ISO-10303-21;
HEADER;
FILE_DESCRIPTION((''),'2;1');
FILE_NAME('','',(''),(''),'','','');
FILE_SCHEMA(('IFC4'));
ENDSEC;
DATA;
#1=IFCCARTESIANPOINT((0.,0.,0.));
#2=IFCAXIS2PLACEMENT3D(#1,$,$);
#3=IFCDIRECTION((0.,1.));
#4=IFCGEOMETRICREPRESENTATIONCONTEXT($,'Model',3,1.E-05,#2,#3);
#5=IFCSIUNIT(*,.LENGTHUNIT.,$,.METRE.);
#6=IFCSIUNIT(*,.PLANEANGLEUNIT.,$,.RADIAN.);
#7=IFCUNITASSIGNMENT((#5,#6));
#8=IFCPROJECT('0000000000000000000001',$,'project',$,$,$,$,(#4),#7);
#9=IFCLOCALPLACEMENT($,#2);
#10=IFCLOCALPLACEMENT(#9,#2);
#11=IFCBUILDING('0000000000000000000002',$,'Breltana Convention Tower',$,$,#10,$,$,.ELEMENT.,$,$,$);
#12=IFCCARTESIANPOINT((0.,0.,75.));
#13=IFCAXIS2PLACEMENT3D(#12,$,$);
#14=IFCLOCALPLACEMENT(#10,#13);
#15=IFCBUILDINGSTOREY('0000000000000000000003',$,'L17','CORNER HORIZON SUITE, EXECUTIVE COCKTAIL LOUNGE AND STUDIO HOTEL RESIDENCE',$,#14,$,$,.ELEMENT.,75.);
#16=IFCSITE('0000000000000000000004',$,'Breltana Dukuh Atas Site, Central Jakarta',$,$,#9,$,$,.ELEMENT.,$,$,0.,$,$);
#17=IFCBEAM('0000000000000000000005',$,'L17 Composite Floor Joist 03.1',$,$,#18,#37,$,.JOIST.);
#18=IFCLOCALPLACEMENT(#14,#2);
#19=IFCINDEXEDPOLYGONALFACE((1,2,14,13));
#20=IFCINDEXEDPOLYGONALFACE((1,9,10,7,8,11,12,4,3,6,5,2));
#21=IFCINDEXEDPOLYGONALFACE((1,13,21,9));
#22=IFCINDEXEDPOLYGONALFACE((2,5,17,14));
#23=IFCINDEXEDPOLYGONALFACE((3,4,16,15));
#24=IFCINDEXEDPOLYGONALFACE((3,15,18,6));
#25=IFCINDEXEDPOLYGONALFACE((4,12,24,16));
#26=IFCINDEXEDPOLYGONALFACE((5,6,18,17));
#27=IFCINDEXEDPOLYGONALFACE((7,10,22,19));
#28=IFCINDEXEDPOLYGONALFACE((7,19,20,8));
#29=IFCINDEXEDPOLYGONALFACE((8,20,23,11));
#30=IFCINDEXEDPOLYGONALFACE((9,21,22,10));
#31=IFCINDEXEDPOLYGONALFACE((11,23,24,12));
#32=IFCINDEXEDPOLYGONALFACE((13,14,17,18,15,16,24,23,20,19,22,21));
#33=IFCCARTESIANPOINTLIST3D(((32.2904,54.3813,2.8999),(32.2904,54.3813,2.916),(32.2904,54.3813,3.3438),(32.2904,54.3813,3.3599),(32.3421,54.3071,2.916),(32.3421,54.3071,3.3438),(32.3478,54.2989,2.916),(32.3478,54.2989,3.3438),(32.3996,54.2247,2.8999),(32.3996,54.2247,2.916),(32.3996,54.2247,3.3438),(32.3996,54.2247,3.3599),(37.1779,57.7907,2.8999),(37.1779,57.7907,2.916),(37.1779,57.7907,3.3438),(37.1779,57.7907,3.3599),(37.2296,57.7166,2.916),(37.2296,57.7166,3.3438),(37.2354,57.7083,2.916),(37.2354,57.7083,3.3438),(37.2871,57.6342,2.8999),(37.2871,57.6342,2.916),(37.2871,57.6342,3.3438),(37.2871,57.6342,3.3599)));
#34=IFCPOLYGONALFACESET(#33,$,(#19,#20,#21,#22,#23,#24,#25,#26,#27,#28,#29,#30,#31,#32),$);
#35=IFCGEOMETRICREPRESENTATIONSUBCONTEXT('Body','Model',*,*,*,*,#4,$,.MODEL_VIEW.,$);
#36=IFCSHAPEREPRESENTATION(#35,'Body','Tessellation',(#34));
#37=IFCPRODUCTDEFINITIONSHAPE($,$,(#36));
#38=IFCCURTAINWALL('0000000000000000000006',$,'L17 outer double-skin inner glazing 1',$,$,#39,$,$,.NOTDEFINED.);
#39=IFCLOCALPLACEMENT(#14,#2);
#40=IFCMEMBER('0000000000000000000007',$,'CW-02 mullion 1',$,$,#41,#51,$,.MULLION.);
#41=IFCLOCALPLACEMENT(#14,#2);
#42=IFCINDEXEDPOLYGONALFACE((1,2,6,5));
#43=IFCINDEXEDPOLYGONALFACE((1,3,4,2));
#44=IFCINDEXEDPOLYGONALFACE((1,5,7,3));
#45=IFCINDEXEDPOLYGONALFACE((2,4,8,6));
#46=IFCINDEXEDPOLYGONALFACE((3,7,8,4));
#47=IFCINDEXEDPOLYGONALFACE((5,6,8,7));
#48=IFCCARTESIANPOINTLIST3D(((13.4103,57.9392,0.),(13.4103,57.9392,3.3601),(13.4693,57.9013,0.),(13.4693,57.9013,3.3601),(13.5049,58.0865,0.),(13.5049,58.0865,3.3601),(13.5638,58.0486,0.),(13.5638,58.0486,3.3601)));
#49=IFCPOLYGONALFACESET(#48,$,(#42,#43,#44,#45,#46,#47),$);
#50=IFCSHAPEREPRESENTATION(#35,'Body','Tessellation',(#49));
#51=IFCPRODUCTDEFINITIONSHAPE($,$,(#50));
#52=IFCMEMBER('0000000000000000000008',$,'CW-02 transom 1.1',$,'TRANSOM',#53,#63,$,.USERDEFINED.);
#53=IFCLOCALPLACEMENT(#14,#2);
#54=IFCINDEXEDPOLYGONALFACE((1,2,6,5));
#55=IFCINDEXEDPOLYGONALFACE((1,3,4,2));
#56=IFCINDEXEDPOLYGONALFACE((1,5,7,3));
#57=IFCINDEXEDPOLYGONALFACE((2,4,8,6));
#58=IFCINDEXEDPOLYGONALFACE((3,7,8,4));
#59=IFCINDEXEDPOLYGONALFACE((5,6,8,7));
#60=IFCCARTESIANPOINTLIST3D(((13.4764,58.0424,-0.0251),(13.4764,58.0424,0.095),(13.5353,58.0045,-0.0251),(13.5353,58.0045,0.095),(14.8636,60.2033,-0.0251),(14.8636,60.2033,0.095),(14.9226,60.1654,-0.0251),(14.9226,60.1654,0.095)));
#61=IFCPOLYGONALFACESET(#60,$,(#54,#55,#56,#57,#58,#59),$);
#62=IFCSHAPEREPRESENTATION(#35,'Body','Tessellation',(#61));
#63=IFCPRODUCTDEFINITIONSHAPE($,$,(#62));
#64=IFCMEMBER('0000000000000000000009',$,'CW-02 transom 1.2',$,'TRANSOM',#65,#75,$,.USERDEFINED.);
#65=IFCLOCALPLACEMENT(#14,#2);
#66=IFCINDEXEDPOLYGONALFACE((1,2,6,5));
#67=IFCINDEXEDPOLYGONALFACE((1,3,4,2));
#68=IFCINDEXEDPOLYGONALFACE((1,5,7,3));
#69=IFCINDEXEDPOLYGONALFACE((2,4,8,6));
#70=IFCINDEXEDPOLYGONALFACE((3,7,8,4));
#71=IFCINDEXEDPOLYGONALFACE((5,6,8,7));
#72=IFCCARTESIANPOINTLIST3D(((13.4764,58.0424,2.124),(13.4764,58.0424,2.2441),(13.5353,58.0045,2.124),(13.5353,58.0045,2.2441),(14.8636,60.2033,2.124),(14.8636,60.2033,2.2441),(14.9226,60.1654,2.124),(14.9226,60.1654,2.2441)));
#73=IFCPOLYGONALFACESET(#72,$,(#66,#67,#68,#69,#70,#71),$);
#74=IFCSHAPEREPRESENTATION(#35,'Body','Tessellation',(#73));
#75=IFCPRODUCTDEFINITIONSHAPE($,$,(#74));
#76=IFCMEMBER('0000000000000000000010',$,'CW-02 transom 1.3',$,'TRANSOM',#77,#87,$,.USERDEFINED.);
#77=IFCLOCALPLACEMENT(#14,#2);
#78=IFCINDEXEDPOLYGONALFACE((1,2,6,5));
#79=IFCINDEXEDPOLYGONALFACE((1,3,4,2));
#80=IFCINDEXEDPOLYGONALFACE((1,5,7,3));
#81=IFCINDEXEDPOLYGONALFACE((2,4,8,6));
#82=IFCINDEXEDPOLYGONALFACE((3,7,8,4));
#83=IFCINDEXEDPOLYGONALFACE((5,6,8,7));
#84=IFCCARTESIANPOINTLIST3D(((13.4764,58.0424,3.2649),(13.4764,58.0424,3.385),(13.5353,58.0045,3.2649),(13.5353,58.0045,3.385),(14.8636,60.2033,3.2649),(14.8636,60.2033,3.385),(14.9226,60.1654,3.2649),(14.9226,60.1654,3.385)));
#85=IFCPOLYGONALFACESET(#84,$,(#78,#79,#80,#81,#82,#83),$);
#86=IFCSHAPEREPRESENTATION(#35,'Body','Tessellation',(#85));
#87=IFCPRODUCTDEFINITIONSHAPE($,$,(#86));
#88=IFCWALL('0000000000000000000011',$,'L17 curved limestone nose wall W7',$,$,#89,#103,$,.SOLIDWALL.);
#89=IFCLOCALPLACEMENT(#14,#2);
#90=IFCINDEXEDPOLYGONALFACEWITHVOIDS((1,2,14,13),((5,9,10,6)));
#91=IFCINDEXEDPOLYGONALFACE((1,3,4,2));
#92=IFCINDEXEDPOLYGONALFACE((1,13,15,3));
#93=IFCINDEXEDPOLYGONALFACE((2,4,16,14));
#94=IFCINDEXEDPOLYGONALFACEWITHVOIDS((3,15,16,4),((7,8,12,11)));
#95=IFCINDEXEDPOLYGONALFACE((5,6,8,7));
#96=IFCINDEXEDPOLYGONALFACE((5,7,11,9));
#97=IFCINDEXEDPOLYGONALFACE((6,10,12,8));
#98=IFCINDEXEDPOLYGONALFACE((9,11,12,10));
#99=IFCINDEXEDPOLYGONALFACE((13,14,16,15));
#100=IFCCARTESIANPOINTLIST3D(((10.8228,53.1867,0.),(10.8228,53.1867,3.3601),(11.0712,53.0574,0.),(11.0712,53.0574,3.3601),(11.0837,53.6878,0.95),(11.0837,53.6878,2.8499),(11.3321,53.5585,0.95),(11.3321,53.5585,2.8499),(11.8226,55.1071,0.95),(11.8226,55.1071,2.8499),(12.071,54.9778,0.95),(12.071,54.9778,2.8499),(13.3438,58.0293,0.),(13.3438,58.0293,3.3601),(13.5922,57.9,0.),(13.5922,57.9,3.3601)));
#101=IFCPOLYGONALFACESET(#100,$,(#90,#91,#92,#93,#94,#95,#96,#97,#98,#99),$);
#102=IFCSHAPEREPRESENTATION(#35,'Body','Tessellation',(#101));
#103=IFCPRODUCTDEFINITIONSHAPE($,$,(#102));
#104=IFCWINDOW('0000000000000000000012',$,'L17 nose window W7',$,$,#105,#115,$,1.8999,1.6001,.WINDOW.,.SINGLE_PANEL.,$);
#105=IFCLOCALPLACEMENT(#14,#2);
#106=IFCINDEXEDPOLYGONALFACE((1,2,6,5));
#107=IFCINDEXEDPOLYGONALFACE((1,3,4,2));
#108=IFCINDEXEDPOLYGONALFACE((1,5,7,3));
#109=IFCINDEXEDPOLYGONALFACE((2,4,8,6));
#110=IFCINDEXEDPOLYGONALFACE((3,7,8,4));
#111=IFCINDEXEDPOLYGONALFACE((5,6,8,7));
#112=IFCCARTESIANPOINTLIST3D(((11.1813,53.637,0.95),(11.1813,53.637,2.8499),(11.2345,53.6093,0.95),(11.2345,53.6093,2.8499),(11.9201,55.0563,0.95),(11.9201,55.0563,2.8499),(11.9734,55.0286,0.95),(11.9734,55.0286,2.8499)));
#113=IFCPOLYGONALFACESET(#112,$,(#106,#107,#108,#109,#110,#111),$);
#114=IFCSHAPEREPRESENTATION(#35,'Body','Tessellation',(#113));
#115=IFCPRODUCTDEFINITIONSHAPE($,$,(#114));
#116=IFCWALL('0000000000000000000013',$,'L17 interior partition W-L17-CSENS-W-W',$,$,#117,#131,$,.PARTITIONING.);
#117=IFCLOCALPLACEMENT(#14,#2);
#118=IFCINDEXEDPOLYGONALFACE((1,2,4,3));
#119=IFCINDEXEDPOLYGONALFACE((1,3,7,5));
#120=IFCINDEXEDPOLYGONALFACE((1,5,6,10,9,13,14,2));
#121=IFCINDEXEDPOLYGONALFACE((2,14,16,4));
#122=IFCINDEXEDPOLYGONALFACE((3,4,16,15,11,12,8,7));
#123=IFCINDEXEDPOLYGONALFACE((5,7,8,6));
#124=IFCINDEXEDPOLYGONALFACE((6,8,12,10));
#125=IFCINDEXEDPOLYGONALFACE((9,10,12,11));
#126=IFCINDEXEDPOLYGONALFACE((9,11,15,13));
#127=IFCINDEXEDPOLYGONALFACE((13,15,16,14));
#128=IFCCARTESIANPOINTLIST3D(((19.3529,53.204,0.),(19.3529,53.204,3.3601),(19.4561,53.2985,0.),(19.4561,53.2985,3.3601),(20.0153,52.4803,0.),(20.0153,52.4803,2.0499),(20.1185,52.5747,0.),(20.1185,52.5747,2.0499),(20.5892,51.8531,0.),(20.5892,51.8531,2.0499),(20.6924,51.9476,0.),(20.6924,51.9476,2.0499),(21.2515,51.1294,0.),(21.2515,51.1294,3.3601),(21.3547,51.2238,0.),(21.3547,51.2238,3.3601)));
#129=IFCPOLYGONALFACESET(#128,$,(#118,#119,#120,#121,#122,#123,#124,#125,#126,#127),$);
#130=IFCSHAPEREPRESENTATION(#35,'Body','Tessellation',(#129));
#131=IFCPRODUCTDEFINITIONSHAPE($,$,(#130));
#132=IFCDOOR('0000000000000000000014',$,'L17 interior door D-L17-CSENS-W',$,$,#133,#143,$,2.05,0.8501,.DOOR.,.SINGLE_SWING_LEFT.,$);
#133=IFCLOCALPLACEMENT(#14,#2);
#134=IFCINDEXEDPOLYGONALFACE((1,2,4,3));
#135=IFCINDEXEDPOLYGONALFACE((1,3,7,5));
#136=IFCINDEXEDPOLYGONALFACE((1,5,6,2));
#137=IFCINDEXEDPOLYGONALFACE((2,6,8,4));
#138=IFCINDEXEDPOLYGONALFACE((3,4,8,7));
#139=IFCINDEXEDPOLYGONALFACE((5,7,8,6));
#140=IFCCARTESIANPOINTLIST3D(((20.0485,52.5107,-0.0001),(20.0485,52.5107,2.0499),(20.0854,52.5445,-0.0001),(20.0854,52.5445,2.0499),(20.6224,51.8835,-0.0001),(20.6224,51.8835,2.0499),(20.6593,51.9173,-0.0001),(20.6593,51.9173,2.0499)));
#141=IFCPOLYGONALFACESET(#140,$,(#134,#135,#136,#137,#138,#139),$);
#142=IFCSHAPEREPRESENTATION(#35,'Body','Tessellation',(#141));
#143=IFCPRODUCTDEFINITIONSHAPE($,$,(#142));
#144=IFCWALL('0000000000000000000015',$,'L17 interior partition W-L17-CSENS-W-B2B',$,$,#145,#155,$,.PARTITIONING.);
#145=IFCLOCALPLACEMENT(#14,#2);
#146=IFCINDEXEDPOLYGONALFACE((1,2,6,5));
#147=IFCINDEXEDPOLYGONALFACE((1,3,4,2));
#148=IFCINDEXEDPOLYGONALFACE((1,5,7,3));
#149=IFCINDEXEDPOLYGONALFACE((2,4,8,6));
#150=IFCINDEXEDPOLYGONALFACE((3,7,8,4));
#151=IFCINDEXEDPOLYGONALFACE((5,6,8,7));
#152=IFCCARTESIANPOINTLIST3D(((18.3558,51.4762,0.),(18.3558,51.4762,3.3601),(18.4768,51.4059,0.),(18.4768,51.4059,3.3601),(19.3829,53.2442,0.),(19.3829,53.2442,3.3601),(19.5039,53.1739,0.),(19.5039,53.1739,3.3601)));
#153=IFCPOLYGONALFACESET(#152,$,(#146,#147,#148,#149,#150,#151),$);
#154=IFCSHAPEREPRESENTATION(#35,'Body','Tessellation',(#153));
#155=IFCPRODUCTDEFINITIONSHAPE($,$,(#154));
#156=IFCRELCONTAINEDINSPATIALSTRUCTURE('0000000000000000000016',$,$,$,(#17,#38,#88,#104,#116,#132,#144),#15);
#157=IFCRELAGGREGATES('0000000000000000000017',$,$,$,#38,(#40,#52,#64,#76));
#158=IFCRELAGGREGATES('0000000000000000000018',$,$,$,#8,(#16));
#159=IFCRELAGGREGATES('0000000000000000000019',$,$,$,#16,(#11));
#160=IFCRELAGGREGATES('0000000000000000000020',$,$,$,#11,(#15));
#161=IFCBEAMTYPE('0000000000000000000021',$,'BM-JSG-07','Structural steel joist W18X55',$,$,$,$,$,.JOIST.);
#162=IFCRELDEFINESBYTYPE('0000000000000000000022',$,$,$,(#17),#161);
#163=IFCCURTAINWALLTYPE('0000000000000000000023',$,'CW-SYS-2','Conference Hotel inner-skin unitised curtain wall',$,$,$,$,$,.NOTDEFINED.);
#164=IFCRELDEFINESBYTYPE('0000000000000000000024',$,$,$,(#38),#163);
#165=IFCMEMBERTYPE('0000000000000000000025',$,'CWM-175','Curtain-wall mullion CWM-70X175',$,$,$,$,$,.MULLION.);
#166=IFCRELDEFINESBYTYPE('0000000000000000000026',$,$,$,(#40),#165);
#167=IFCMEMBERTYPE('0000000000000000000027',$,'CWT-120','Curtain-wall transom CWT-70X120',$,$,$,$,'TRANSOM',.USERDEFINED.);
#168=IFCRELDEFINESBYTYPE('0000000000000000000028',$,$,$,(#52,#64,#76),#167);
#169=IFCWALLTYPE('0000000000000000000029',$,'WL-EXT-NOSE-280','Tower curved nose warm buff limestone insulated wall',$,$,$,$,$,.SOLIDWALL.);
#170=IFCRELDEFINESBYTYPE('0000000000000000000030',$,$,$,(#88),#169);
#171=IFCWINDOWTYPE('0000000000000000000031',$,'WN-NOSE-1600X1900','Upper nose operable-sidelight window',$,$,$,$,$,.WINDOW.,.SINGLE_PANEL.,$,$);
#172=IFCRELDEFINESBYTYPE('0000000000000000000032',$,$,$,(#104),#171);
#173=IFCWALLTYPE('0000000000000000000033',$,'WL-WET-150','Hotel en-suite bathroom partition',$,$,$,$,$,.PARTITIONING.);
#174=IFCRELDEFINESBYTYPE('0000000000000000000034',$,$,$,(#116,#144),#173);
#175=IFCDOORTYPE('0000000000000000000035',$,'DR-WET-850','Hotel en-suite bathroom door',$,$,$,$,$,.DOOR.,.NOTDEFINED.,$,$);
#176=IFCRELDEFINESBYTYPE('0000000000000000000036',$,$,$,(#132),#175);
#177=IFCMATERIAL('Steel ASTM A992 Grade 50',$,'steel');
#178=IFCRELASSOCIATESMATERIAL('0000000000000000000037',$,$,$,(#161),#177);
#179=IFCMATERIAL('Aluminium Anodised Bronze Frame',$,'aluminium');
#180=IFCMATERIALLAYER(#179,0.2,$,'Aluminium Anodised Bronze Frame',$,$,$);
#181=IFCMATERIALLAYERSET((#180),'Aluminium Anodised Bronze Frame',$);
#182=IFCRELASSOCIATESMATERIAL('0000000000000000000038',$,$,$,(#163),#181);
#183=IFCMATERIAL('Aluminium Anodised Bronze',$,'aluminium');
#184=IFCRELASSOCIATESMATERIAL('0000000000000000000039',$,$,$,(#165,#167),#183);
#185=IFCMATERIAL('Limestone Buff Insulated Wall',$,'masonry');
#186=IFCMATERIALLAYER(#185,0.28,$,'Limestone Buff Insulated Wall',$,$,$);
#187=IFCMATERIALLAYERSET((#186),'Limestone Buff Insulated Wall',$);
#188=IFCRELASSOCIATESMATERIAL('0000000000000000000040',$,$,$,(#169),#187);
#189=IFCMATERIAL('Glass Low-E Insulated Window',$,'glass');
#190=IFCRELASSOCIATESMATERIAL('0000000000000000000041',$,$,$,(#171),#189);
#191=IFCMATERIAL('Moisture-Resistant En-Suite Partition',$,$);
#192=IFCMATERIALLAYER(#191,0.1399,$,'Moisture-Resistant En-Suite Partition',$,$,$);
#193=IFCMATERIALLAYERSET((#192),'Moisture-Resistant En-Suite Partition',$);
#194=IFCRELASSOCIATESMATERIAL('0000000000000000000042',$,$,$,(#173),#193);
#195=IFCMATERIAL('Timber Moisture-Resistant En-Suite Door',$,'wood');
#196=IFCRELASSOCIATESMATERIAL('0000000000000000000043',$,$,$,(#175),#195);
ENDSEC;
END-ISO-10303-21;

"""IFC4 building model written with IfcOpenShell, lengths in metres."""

from ifc_helpers import new_model, si_unit, direction, frame, frame_2d, origin, origin_2d, place, context, subcontext, project, spatial, rectangle, i_section, extrude, source, transform, mapped, material, layer, layer_set, material_profile, profile_set, type_object, type_shapes, element, fill, aggregate, save


model = new_model("IFC4")

# Units and contexts
model_context = context("Model", 3, precision=1e-05, world=origin(), true_north=direction((0.0, 1.0)))
body_context = subcontext(model_context, "Body", "Model", "MODEL_VIEW")
ifc_project = project(units=[si_unit("LENGTHUNIT", "METRE"), si_unit("PLANEANGLEUNIT", "RADIAN")], contexts=[model_context])

# Site, building, storey
site_placement = place(None, origin())
site = spatial("IfcSite", under=ifc_project, at=site_placement, Name="Breltana Dukuh Atas Site, Central Jakarta", CompositionType="ELEMENT", RefElevation=0.0)
building_placement = place(site_placement, origin())
building = spatial("IfcBuilding", under=site, at=building_placement, Name="Breltana Convention Tower", CompositionType="ELEMENT")
storey_placement = place(building_placement, frame((0.0, 0.0, 75.0)))
storey = spatial("IfcBuildingStorey", under=building, at=storey_placement, Name="L17", Description="CORNER HORIZON SUITE, EXECUTIVE COCKTAIL LOUNGE AND STUDIO HOTEL RESIDENCE", CompositionType="ELEMENT", Elevation=75.0)

# Beam
ifc_material_1 = material(Name="Steel ASTM A992 Grade 50", Category="steel")
ifc_material_profile_1 = material_profile(ifc_material_1, i_section(OverallWidth=0.1909, OverallDepth=0.46, WebThickness=0.01, FlangeThickness=0.0161, at=origin_2d()), Name="W18X55")
ifc_profile_set_1 = profile_set([ifc_material_profile_1], Name="Steel ASTM A992 Grade 50")
beam_type_1 = type_object("IfcBeamType", Name="BM-JSG-07", Description="Structural steel joist W18X55", PredefinedType="JOIST", material=ifc_profile_set_1)
shared_shape_1 = source(origin(), body_context, "Body", "SweptSolid", [
    extrude(i_section(OverallWidth=0.1909, OverallDepth=0.46, WebThickness=0.01, FlangeThickness=0.0161, at=origin_2d()), origin(), (0.0, 0.0, 1.0), 5.9592),
])
beam_1_placement = place(storey_placement, frame((32.345, 54.303, 3.1299), z_axis=(0.82016, 0.572134, 0.0), x_axis=(-0.572134, 0.82016, 0.0)))
element("IfcBeam", 1, at=beam_1_placement, inside=storey, type_object=beam_type_1, Name="L17 Composite Floor Joist 03.1", PredefinedType="JOIST", context=body_context, shape_type="MappedRepresentation", body=[
    mapped(shared_shape_1, transform((0.0, 0.0, 0.0), scale=1.0)),
])

# Curtain wall, members
ifc_material_2 = material(Name="Aluminium Anodised Bronze Frame", Category="aluminium")
ifc_layer_1 = layer(ifc_material_2, 0.2, Name="Aluminium Anodised Bronze Frame")
ifc_layer_set_1 = layer_set([ifc_layer_1], Name="Aluminium Anodised Bronze Frame")
curtain_wall_type = type_object("IfcCurtainWallType", Name="CW-SYS-2", Description="Conference Hotel inner-skin unitised curtain wall", PredefinedType="NOTDEFINED", material=ifc_layer_set_1)
curtain_wall_placement = place(storey_placement, origin())
curtain_wall = element("IfcCurtainWall", 2, at=curtain_wall_placement, inside=storey, type_object=curtain_wall_type, Name="L17 outer double-skin inner glazing 1", PredefinedType="NOTDEFINED")
ifc_material_3 = material(Name="Aluminium Anodised Bronze", Category="aluminium")
ifc_material_profile_2 = material_profile(ifc_material_3, rectangle(XDim=0.0701, YDim=0.175, at=origin_2d()), Name="CWM-70X175")
ifc_profile_set_2 = profile_set([ifc_material_profile_2], Name="Aluminium Anodised Bronze")
member_type_1 = type_object("IfcMemberType", Name="CWM-175", Description="Curtain-wall mullion CWM-70X175", PredefinedType="MULLION", material=ifc_profile_set_2)
shared_shape_2 = source(origin(), body_context, "Body", "SweptSolid", [
    extrude(rectangle(XDim=0.0701, YDim=0.175, at=origin_2d()), origin(), (0.0, 0.0, 1.0), 3.3601),
])
type_shapes(member_type_1, [shared_shape_2])
member_1_placement = place(storey_placement, frame((13.4871, 57.9939, 0.0), z_axis=(0.0, 0.0, 1.0), x_axis=(-0.841549, 0.540181, 0.0)))
member_1 = element("IfcMember", 3, at=member_1_placement, type_object=member_type_1, Name="CW-02 mullion 1", PredefinedType="MULLION", context=body_context, shape_type="MappedRepresentation", body=[
    mapped(shared_shape_2, transform((0.0, 0.0, 0.0), scale=1.0)),
])
ifc_material_profile_3 = material_profile(ifc_material_3, rectangle(XDim=0.0701, YDim=0.1201, at=origin_2d()), Name="CWT-70X120")
ifc_profile_set_3 = profile_set([ifc_material_profile_3], Name="Aluminium Anodised Bronze")
member_type_2 = type_object("IfcMemberType", Name="CWT-120", Description="Curtain-wall transom CWT-70X120", ElementType="TRANSOM", PredefinedType="USERDEFINED", material=ifc_profile_set_3)
shared_shape_3 = source(origin(), body_context, "Body", "SweptSolid", [
    extrude(rectangle(XDim=0.0701, YDim=0.1201, at=origin_2d()), origin(), (0.0, 0.0, 1.0), 2.5679),
])
type_shapes(member_type_2, [shared_shape_3])
member_2_placement = place(storey_placement, frame((13.5059, 58.0234, 0.0349), z_axis=(0.540224, 0.841521, 0.0), x_axis=(-0.841521, 0.540224, 0.0)))
member_2 = element("IfcMember", 4, at=member_2_placement, type_object=member_type_2, Name="CW-02 transom 1.1", ObjectType="TRANSOM", PredefinedType="USERDEFINED", context=body_context, shape_type="MappedRepresentation", body=[
    mapped(shared_shape_3, transform((0.0, 0.0, 0.0), scale=1.0)),
])
member_3_placement = place(storey_placement, frame((13.5059, 58.0234, 2.1841), z_axis=(0.540224, 0.841521, 0.0), x_axis=(-0.841521, 0.540224, 0.0)))
member_3 = element("IfcMember", 5, at=member_3_placement, type_object=member_type_2, Name="CW-02 transom 1.2", ObjectType="TRANSOM", PredefinedType="USERDEFINED", context=body_context, shape_type="MappedRepresentation", body=[
    mapped(shared_shape_3, transform((0.0, 0.0, 0.0), scale=1.0)),
])
member_4_placement = place(storey_placement, frame((13.5059, 58.0234, 3.325), z_axis=(0.540224, 0.841521, 0.0), x_axis=(-0.841521, 0.540224, 0.0)))
member_4 = element("IfcMember", 6, at=member_4_placement, type_object=member_type_2, Name="CW-02 transom 1.3", ObjectType="TRANSOM", PredefinedType="USERDEFINED", context=body_context, shape_type="MappedRepresentation", body=[
    mapped(shared_shape_3, transform((0.0, 0.0, 0.0), scale=1.0)),
])
aggregate(curtain_wall, [member_1, member_2, member_3, member_4])

# Wall, opening, window
ifc_material_4 = material(Name="Limestone Buff Insulated Wall", Category="masonry")
ifc_layer_2 = layer(ifc_material_4, 0.28, Name="Limestone Buff Insulated Wall")
ifc_layer_set_2 = layer_set([ifc_layer_2], Name="Limestone Buff Insulated Wall")
wall_type_1 = type_object("IfcWallType", Name="WL-EXT-NOSE-280", Description="Tower curved nose warm buff limestone insulated wall", PredefinedType="SOLIDWALL", material=ifc_layer_set_2)
shared_shape_4 = source(origin(), body_context, "Body", "SweptSolid", [
    extrude(rectangle(XDim=5.4595, YDim=0.28, at=frame_2d((2.7297, 0.0))), origin(), (0.0, 0.0, 1.0), 3.3601),
])
wall_1_placement = place(storey_placement, frame((10.947, 53.1221, 0.0), z_axis=(0.0, 0.0, 1.0), x_axis=(0.461768, 0.887001, 0.0)))
wall_1 = element("IfcWall", 7, at=wall_1_placement, inside=storey, type_object=wall_type_1, Name="L17 curved limestone nose wall W7", PredefinedType="SOLIDWALL", context=body_context, shape_type="MappedRepresentation", body=[
    mapped(shared_shape_4, transform((0.0, 0.0, 0.0), scale=1.0)),
])
opening_1_placement = place(wall_1_placement, frame((0.5649, 0.0, 0.95)))
opening_1 = element("IfcOpeningElement", 8, at=opening_1_placement, cuts=wall_1, PredefinedType="OPENING", context=body_context, shape_type="SweptSolid", body=[
    extrude(rectangle(XDim=1.6001, YDim=1.8999, at=frame_2d((0.8, 0.95))), frame((0.0, 0.1499, 0.0), z_axis=(0.0, -1.0, 0.0), x_axis=(1.0, 0.0, 0.0)), (0.0, 0.0, 1.0), 0.3),
])
ifc_material_5 = material(Name="Glass Low-E Insulated Window", Category="glass")
window_type = type_object("IfcWindowType", Name="WN-NOSE-1600X1900", Description="Upper nose operable-sidelight window", PartitioningType="SINGLE_PANEL", PredefinedType="WINDOW", material=ifc_material_5)
shared_shape_5 = source(origin(), body_context, "Body", "SweptSolid", [
    extrude(rectangle(XDim=1.6001, YDim=1.8999, at=frame_2d((0.8, 0.95))), frame((0.0, 0.03, 0.0), z_axis=(0.0, -1.0, 0.0), x_axis=(1.0, 0.0, 0.0)), (0.0, 0.0, 1.0), 0.0601),
])
type_shapes(window_type, [shared_shape_5])
window_placement = place(opening_1_placement, origin())
window = element("IfcWindow", 9, at=window_placement, inside=storey, type_object=window_type, Name="L17 nose window W7", OverallHeight=1.8999, OverallWidth=1.6001, PartitioningType="SINGLE_PANEL", PredefinedType="WINDOW", context=body_context, shape_type="MappedRepresentation", body=[
    mapped(shared_shape_5, transform((0.0, 0.0, 0.0), scale=1.0)),
])
fill(opening_1, window)

# Wall, opening, door
ifc_material_6 = material(Name="Moisture-Resistant En-Suite Partition")
ifc_layer_3 = layer(ifc_material_6, 0.1399, Name="Moisture-Resistant En-Suite Partition")
ifc_layer_set_3 = layer_set([ifc_layer_3], Name="Moisture-Resistant En-Suite Partition")
wall_type_2 = type_object("IfcWallType", Name="WL-WET-150", Description="Hotel en-suite bathroom partition", PredefinedType="PARTITIONING", material=ifc_layer_set_3)
shared_shape_6 = source(origin(), body_context, "Body", "SweptSolid", [
    extrude(rectangle(XDim=2.8123, YDim=0.1399, at=frame_2d((1.4062, 0.0))), origin(), (0.0, 0.0, 1.0), 3.3601),
])
wall_2_placement = place(storey_placement, frame((21.3032, 51.1765, 0.0), z_axis=(0.0, 0.0, 1.0), x_axis=(-0.675119, 0.737709, 0.0)))
wall_2 = element("IfcWall", 10, at=wall_2_placement, inside=storey, type_object=wall_type_2, Name="L17 interior partition W-L17-CSENS-W-W", PredefinedType="PARTITIONING", context=body_context, shape_type="MappedRepresentation", body=[
    mapped(shared_shape_6, transform((0.0, 0.0, 0.0), scale=1.0)),
])
opening_2_placement = place(wall_2_placement, frame((0.9812, 0.0, 0.0)))
opening_2 = element("IfcOpeningElement", 11, at=opening_2_placement, cuts=wall_2, PredefinedType="OPENING", context=body_context, shape_type="SweptSolid", body=[
    extrude(rectangle(XDim=0.8501, YDim=2.05, at=frame_2d((0.425, 1.0249))), frame((0.0, 0.0801, 0.0), z_axis=(0.0, -1.0, 0.0), x_axis=(1.0, 0.0, 0.0)), (0.0, 0.0, 1.0), 0.1599),
])
ifc_material_7 = material(Name="Timber Moisture-Resistant En-Suite Door", Category="wood")
door_type_1 = type_object("IfcDoorType", Name="DR-WET-850", Description="Hotel en-suite bathroom door", OperationType="NOTDEFINED", PredefinedType="DOOR", material=ifc_material_7)
shared_shape_7 = source(origin(), body_context, "Body", "SweptSolid", [
    extrude(rectangle(XDim=0.8501, YDim=2.05, at=frame_2d((0.425, 1.0249))), frame((0.0, 0.0249, 0.0), z_axis=(0.0, -1.0, 0.0), x_axis=(1.0, 0.0, 0.0)), (0.0, 0.0, 1.0), 0.05),
])
type_shapes(door_type_1, [shared_shape_7])
door_1_placement = place(opening_2_placement, origin())
door_1 = element("IfcDoor", 12, at=door_1_placement, inside=storey, type_object=door_type_1, Name="L17 interior door D-L17-CSENS-W", OperationType="SINGLE_SWING_LEFT", OverallHeight=2.05, OverallWidth=0.8501, PredefinedType="DOOR", context=body_context, shape_type="MappedRepresentation", body=[
    mapped(shared_shape_7, transform((0.0, 0.0, 0.0), scale=1.0)),
])
fill(opening_2, door_1)

# Wall
shared_shape_8 = source(origin(), body_context, "Body", "SweptSolid", [
    extrude(rectangle(XDim=2.0447, YDim=0.1399, at=frame_2d((1.0225, 0.0))), origin(), (0.0, 0.0, 1.0), 3.3601),
])
wall_3_placement = place(storey_placement, frame((18.4163, 51.4409, 0.0), z_axis=(0.0, 0.0, 1.0), x_axis=(0.502311, 0.864687, 0.0)))
element("IfcWall", 13, at=wall_3_placement, inside=storey, type_object=wall_type_2, Name="L17 interior partition W-L17-CSENS-W-B2B", PredefinedType="PARTITIONING", context=body_context, shape_type="MappedRepresentation", body=[
    mapped(shared_shape_8, transform((0.0, 0.0, 0.0), scale=1.0)),
])

save(model, "model.ifc")
